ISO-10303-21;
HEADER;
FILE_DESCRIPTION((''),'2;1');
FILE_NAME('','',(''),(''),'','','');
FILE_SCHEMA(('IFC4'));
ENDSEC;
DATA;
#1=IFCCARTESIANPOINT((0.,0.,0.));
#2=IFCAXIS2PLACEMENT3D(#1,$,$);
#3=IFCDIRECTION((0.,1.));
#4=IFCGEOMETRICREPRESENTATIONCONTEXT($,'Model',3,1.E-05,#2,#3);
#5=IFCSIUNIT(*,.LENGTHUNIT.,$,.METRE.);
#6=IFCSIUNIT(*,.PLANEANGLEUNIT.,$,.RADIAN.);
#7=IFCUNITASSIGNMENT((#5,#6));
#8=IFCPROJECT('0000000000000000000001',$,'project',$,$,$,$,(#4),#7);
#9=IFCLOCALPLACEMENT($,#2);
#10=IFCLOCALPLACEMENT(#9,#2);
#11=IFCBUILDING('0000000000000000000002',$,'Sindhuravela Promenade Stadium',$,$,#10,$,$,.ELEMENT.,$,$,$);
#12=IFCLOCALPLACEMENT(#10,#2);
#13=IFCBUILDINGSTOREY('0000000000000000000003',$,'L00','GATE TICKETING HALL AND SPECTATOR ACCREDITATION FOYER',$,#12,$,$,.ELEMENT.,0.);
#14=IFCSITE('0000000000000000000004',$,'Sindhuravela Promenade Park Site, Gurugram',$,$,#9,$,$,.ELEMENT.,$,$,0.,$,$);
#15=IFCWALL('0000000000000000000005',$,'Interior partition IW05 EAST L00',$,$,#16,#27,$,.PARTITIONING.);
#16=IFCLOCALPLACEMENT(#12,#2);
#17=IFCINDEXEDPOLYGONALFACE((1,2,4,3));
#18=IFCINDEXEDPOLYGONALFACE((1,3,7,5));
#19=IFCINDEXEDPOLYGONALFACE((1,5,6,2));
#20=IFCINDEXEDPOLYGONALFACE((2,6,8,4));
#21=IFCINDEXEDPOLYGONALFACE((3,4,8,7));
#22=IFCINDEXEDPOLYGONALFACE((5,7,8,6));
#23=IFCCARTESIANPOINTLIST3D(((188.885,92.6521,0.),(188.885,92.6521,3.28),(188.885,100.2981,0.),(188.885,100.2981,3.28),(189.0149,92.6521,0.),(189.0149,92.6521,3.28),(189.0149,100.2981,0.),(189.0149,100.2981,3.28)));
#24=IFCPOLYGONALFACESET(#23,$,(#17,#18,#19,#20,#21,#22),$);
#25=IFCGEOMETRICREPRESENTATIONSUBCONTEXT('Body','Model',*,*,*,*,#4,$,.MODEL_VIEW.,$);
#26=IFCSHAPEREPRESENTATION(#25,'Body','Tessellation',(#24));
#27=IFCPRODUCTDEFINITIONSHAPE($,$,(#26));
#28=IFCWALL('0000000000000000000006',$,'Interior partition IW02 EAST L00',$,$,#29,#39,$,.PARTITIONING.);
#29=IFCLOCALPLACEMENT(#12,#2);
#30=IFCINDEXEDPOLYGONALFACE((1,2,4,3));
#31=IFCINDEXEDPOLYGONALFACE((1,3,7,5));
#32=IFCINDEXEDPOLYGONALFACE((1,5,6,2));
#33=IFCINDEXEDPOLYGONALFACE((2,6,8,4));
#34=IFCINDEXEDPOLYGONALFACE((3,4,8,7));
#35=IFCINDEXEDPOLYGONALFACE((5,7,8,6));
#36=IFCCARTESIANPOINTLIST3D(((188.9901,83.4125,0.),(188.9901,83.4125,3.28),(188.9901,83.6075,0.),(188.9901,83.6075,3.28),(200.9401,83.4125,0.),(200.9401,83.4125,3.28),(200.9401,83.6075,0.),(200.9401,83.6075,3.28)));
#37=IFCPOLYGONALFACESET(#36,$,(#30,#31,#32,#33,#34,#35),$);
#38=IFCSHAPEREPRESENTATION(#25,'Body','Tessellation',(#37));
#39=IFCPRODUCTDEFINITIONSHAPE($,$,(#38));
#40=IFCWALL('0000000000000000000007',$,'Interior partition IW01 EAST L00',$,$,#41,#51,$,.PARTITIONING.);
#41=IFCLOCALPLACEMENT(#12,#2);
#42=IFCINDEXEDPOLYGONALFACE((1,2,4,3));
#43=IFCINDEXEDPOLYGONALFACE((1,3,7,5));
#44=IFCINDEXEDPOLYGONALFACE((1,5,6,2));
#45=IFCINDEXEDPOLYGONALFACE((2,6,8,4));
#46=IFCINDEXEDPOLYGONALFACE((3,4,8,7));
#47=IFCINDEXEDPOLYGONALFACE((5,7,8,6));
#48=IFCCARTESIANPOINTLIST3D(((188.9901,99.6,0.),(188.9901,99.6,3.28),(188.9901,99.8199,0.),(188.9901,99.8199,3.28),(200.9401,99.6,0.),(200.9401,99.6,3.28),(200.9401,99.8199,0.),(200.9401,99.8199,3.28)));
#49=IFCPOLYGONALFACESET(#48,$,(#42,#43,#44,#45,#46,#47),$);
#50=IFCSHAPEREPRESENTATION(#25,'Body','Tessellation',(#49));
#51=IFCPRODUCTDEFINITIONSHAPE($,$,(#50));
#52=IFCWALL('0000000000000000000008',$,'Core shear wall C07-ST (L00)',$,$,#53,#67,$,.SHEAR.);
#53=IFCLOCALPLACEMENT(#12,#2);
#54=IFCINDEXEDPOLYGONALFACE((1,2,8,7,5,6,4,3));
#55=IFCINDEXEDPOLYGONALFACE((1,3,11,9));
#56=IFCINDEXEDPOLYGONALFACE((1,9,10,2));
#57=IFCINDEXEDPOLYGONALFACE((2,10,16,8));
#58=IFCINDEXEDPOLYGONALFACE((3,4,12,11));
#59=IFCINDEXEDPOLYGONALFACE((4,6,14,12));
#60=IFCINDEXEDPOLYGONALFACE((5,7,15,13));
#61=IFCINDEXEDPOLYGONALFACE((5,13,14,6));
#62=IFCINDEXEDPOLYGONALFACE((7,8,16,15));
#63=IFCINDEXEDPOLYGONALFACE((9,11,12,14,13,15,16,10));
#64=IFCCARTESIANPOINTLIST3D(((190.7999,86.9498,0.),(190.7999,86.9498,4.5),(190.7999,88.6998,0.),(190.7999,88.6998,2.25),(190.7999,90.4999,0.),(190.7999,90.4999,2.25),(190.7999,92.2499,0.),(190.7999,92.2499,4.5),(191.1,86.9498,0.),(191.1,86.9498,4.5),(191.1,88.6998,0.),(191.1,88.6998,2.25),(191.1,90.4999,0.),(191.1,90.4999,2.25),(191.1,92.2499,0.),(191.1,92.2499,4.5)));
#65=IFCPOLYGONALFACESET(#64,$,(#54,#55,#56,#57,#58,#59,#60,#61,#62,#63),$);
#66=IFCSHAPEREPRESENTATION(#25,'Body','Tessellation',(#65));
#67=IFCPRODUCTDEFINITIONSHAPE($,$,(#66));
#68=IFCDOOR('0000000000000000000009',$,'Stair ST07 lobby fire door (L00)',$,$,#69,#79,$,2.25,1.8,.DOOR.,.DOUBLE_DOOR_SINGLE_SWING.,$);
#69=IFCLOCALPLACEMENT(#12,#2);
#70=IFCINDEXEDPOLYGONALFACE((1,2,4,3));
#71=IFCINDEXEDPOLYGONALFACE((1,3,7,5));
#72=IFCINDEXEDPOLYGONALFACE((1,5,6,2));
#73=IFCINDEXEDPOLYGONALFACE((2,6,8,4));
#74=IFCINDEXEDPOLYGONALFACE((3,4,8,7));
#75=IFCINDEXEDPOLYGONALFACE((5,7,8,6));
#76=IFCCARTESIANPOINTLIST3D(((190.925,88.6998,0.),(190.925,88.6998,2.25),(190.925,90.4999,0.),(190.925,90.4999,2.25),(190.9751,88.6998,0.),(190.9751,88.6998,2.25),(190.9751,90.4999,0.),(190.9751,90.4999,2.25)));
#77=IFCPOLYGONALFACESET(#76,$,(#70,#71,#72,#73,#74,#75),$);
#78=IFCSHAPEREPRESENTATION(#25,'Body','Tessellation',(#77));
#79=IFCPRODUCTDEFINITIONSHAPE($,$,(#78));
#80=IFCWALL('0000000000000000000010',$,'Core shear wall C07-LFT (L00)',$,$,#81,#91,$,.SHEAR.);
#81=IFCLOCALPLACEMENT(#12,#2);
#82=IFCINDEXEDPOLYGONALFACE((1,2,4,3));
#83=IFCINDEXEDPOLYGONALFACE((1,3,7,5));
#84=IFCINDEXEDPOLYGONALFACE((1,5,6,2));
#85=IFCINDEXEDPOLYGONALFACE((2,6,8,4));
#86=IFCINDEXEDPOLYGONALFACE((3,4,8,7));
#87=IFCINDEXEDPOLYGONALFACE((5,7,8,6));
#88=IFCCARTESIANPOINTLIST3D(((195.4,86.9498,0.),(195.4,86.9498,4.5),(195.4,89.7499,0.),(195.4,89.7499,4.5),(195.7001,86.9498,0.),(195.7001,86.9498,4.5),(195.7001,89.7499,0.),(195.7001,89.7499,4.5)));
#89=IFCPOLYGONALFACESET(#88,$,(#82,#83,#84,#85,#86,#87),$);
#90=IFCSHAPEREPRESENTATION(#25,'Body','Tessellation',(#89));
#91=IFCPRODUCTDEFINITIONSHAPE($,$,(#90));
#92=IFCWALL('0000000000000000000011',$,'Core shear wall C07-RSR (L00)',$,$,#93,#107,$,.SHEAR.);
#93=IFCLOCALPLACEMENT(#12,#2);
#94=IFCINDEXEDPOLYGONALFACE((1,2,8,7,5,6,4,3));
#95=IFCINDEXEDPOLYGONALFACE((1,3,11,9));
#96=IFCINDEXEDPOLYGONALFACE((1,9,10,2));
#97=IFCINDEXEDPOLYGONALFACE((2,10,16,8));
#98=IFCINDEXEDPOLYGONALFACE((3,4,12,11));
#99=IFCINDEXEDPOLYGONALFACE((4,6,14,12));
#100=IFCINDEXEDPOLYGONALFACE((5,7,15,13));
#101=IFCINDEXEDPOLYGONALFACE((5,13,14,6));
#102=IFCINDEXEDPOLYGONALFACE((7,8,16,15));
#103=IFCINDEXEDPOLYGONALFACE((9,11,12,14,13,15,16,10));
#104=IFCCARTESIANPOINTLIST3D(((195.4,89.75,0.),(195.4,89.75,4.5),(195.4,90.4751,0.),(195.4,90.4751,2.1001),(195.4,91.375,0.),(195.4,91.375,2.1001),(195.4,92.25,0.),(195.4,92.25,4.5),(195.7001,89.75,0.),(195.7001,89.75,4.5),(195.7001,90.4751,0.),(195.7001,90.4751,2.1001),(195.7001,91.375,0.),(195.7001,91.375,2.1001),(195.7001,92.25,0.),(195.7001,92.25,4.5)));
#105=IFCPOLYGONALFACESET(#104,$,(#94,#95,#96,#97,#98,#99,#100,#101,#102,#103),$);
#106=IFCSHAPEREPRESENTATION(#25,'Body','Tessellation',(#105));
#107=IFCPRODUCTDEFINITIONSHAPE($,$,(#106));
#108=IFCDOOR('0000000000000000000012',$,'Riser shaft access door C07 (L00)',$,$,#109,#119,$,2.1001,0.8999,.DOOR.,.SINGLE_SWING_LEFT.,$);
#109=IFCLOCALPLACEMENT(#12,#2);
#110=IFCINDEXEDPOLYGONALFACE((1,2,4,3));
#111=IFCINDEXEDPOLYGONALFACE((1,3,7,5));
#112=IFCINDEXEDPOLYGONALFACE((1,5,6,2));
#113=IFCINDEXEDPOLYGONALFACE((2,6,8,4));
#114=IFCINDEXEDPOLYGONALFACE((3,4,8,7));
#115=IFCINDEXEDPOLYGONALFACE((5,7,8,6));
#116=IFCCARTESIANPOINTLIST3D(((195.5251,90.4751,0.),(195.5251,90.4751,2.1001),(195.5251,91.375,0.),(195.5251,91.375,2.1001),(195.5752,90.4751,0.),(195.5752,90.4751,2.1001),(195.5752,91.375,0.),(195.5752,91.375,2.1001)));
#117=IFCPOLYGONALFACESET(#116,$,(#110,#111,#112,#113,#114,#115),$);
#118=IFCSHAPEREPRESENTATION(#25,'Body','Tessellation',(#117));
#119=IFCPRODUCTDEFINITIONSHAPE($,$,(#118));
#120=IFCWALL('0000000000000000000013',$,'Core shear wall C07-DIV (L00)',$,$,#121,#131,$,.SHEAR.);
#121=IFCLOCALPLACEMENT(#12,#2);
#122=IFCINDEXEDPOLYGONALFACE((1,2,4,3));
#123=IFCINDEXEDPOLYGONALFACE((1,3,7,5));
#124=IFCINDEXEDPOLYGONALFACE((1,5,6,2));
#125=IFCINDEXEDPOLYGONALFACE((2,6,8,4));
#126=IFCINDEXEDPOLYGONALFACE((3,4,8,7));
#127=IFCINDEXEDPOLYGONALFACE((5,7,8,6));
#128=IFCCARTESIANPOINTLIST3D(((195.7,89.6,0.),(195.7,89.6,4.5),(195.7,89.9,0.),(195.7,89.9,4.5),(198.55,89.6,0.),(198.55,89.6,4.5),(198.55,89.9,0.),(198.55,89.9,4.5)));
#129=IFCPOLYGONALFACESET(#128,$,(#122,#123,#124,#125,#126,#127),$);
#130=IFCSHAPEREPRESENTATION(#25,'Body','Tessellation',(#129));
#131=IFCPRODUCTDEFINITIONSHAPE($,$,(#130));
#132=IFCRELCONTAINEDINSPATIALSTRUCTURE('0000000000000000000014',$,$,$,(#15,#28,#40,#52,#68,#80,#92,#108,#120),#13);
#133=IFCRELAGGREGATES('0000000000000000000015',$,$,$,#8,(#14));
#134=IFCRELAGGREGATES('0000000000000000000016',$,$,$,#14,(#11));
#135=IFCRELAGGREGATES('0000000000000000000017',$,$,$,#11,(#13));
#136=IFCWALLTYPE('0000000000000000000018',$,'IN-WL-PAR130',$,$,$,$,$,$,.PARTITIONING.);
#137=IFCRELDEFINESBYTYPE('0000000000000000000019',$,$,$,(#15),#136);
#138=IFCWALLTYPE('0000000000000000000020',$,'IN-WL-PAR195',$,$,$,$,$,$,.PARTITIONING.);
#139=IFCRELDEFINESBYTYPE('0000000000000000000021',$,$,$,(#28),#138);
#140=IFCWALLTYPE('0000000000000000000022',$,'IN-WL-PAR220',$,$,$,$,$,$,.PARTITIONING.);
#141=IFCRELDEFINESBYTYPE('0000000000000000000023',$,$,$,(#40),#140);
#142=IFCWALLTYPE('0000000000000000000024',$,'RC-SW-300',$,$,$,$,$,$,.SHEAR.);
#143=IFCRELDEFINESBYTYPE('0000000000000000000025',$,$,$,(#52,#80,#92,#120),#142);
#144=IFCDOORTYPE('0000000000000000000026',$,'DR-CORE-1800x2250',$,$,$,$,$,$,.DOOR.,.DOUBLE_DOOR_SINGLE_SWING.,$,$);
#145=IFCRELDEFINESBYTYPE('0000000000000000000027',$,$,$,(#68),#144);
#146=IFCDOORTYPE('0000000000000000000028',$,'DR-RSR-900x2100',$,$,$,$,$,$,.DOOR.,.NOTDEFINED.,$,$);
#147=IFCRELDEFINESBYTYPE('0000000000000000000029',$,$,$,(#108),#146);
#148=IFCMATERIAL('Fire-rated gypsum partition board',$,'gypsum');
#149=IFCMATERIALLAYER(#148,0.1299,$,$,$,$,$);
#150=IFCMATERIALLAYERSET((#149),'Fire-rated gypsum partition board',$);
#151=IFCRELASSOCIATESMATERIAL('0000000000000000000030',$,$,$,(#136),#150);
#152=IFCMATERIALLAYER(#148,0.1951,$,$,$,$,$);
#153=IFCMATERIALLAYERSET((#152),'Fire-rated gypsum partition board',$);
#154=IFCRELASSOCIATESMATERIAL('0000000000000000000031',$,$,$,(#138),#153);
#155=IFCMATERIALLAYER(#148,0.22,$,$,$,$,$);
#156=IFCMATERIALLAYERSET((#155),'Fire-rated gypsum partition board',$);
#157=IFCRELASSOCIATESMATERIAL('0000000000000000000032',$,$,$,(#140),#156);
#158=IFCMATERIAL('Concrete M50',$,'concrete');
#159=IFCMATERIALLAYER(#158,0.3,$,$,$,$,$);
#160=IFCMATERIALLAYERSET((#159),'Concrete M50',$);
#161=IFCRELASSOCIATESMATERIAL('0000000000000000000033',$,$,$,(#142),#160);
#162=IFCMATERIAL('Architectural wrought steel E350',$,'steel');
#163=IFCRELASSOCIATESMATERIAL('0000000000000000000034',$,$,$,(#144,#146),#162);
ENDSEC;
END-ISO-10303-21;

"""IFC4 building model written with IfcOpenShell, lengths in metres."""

from ifc_helpers import new_model, si_unit, direction, frame, frame_2d, origin, place, context, subcontext, project, spatial, rectangle, extrude, material, layer, layer_set, type_object, element, fill, save


model = new_model("IFC4")

# Units and contexts
model_context = context("Model", 3, precision=1e-05, world=origin(), true_north=direction((0.0, 1.0)))
body_context = subcontext(model_context, "Body", "Model", "MODEL_VIEW")
ifc_project = project(units=[si_unit("LENGTHUNIT", "METRE"), si_unit("PLANEANGLEUNIT", "RADIAN")], contexts=[model_context])

# Site, building, storey
site_placement = place(None, origin())
site = spatial("IfcSite", under=ifc_project, at=site_placement, Name="Sindhuravela Promenade Park Site, Gurugram", CompositionType="ELEMENT", RefElevation=0.0)
building_placement = place(site_placement, origin())
building = spatial("IfcBuilding", under=site, at=building_placement, Name="Sindhuravela Promenade Stadium", CompositionType="ELEMENT")
storey_placement = place(building_placement, origin())
storey = spatial("IfcBuildingStorey", under=building, at=storey_placement, Name="L00", Description="GATE TICKETING HALL AND SPECTATOR ACCREDITATION FOYER", CompositionType="ELEMENT", Elevation=0.0)

# Shared definitions
ifc_material_1 = material(Name="Concrete M50", Category="concrete")

# Walls
ifc_material_2 = material(Name="Fire-rated gypsum partition board", Category="gypsum")
ifc_layer_1 = layer(ifc_material_2, 0.1299)
ifc_layer_set_1 = layer_set([ifc_layer_1], Name="Fire-rated gypsum partition board")
wall_type_1 = type_object("IfcWallType", Name="IN-WL-PAR130", PredefinedType="PARTITIONING", material=ifc_layer_set_1)
wall_1_placement = place(storey_placement, frame((188.95, 100.2981, 0.0), z_axis=(0.0, 0.0, 1.0), x_axis=(0.0, -1.0, 0.0)))
element("IfcWall", 1, at=wall_1_placement, inside=storey, type_object=wall_type_1, Name="Interior partition IW05 EAST L00", PredefinedType="PARTITIONING", context=body_context, shape_type="SweptSolid", body=[
    extrude(rectangle(XDim=7.646, YDim=0.1299, at=frame_2d((3.823, 0.0))), origin(), (0.0, 0.0, 1.0), 3.28),
])
ifc_layer_2 = layer(ifc_material_2, 0.1951)
ifc_layer_set_2 = layer_set([ifc_layer_2], Name="Fire-rated gypsum partition board")
wall_type_2 = type_object("IfcWallType", Name="IN-WL-PAR195", PredefinedType="PARTITIONING", material=ifc_layer_set_2)
wall_2_placement = place(storey_placement, frame((188.99, 83.51, 0.0), z_axis=(0.0, 0.0, 1.0), x_axis=(1.0, 0.0, 0.0)))
element("IfcWall", 2, at=wall_2_placement, inside=storey, type_object=wall_type_2, Name="Interior partition IW02 EAST L00", PredefinedType="PARTITIONING", context=body_context, shape_type="SweptSolid", body=[
    extrude(rectangle(XDim=11.95, YDim=0.1951, at=frame_2d((5.9751, 0.0))), origin(), (0.0, 0.0, 1.0), 3.28),
])
ifc_layer_3 = layer(ifc_material_2, 0.22)
ifc_layer_set_3 = layer_set([ifc_layer_3], Name="Fire-rated gypsum partition board")
wall_type_3 = type_object("IfcWallType", Name="IN-WL-PAR220", PredefinedType="PARTITIONING", material=ifc_layer_set_3)
wall_3_placement = place(storey_placement, frame((188.99, 99.71, 0.0), z_axis=(0.0, 0.0, 1.0), x_axis=(1.0, 0.0, 0.0)))
element("IfcWall", 3, at=wall_3_placement, inside=storey, type_object=wall_type_3, Name="Interior partition IW01 EAST L00", PredefinedType="PARTITIONING", context=body_context, shape_type="SweptSolid", body=[
    extrude(rectangle(XDim=11.95, YDim=0.22, at=frame_2d((5.9751, 0.0))), origin(), (0.0, 0.0, 1.0), 3.28),
])

# Wall, opening, door
ifc_layer_4 = layer(ifc_material_1, 0.3)
ifc_layer_set_4 = layer_set([ifc_layer_4], Name="Concrete M50")
wall_type_4 = type_object("IfcWallType", Name="RC-SW-300", PredefinedType="SHEAR", material=ifc_layer_set_4)
wall_4_placement = place(storey_placement, frame((190.95, 86.95, 0.0), z_axis=(0.0, 0.0, 1.0), x_axis=(0.0, 1.0, 0.0)))
wall_4 = element("IfcWall", 4, at=wall_4_placement, inside=storey, type_object=wall_type_4, Name="Core shear wall C07-ST (L00)", PredefinedType="SHEAR", context=body_context, shape_type="SweptSolid", body=[
    extrude(rectangle(XDim=5.3, YDim=0.3, at=frame_2d((2.6499, 0.0))), origin(), (0.0, 0.0, 1.0), 4.5),
])
opening_1_placement = place(wall_4_placement, frame((1.75, 0.0, 0.0)))
opening_1 = element("IfcOpeningElement", 5, at=opening_1_placement, cuts=wall_4, PredefinedType="OPENING", context=body_context, shape_type="SweptSolid", body=[
    extrude(rectangle(XDim=1.8, YDim=2.25, at=frame_2d((0.8999, 1.125))), frame((0.0, 0.1599, 0.0), z_axis=(0.0, -1.0, 0.0), x_axis=(1.0, 0.0, 0.0)), (0.0, 0.0, 1.0), 0.3201),
])
ifc_material_3 = material(Name="Architectural wrought steel E350", Category="steel")
door_type_1 = type_object("IfcDoorType", Name="DR-CORE-1800x2250", OperationType="DOUBLE_DOOR_SINGLE_SWING", PredefinedType="DOOR", material=ifc_material_3)
door_1_placement = place(opening_1_placement, origin())
door_1 = element("IfcDoor", 6, at=door_1_placement, inside=storey, type_object=door_type_1, Name="Stair ST07 lobby fire door (L00)", OperationType="DOUBLE_DOOR_SINGLE_SWING", OverallHeight=2.25, OverallWidth=1.8, PredefinedType="DOOR", context=body_context, shape_type="SweptSolid", body=[
    extrude(rectangle(XDim=1.8, YDim=2.25, at=frame_2d((0.8999, 1.125))), frame((0.0, 0.0249, 0.0), z_axis=(0.0, -1.0, 0.0), x_axis=(1.0, 0.0, 0.0)), (0.0, 0.0, 1.0), 0.05),
])
fill(opening_1, door_1)

# Wall
wall_5_placement = place(storey_placement, frame((195.55, 86.95, 0.0), z_axis=(0.0, 0.0, 1.0), x_axis=(0.0, 1.0, 0.0)))
element("IfcWall", 7, at=wall_5_placement, inside=storey, type_object=wall_type_4, Name="Core shear wall C07-LFT (L00)", PredefinedType="SHEAR", context=body_context, shape_type="SweptSolid", body=[
    extrude(rectangle(XDim=2.8, YDim=0.3, at=frame_2d((1.3999, 0.0))), origin(), (0.0, 0.0, 1.0), 4.5),
])

# Wall, opening, door
wall_6_placement = place(storey_placement, frame((195.55, 89.75, 0.0), z_axis=(0.0, 0.0, 1.0), x_axis=(0.0, 1.0, 0.0)))
wall_6 = element("IfcWall", 8, at=wall_6_placement, inside=storey, type_object=wall_type_4, Name="Core shear wall C07-RSR (L00)", PredefinedType="SHEAR", context=body_context, shape_type="SweptSolid", body=[
    extrude(rectangle(XDim=2.5, YDim=0.3, at=frame_2d((1.25, 0.0))), origin(), (0.0, 0.0, 1.0), 4.5),
])
opening_2_placement = place(wall_6_placement, frame((0.7251, 0.0, 0.0)))
opening_2 = element("IfcOpeningElement", 9, at=opening_2_placement, cuts=wall_6, PredefinedType="OPENING", context=body_context, shape_type="SweptSolid", body=[
    extrude(rectangle(XDim=0.8999, YDim=2.1001, at=frame_2d((0.45, 1.05))), frame((0.0, 0.1599, 0.0), z_axis=(0.0, -1.0, 0.0), x_axis=(1.0, 0.0, 0.0)), (0.0, 0.0, 1.0), 0.3201),
])
door_type_2 = type_object("IfcDoorType", Name="DR-RSR-900x2100", OperationType="NOTDEFINED", PredefinedType="DOOR", material=ifc_material_3)
door_2_placement = place(opening_2_placement, origin())
door_2 = element("IfcDoor", 10, at=door_2_placement, inside=storey, type_object=door_type_2, Name="Riser shaft access door C07 (L00)", OperationType="SINGLE_SWING_LEFT", OverallHeight=2.1001, OverallWidth=0.8999, PredefinedType="DOOR", context=body_context, shape_type="SweptSolid", body=[
    extrude(rectangle(XDim=0.8999, YDim=2.1001, at=frame_2d((0.45, 1.05))), frame((0.0, 0.0249, 0.0), z_axis=(0.0, -1.0, 0.0), x_axis=(1.0, 0.0, 0.0)), (0.0, 0.0, 1.0), 0.05),
])
fill(opening_2, door_2)

# Wall
wall_7_placement = place(storey_placement, frame((195.7, 89.75, 0.0), z_axis=(0.0, 0.0, 1.0), x_axis=(1.0, 0.0, 0.0)))
element("IfcWall", 11, at=wall_7_placement, inside=storey, type_object=wall_type_4, Name="Core shear wall C07-DIV (L00)", PredefinedType="SHEAR", context=body_context, shape_type="SweptSolid", body=[
    extrude(rectangle(XDim=2.8501, YDim=0.3, at=frame_2d((1.425, 0.0))), origin(), (0.0, 0.0, 1.0), 4.5),
])

save(model, "model.ifc")
